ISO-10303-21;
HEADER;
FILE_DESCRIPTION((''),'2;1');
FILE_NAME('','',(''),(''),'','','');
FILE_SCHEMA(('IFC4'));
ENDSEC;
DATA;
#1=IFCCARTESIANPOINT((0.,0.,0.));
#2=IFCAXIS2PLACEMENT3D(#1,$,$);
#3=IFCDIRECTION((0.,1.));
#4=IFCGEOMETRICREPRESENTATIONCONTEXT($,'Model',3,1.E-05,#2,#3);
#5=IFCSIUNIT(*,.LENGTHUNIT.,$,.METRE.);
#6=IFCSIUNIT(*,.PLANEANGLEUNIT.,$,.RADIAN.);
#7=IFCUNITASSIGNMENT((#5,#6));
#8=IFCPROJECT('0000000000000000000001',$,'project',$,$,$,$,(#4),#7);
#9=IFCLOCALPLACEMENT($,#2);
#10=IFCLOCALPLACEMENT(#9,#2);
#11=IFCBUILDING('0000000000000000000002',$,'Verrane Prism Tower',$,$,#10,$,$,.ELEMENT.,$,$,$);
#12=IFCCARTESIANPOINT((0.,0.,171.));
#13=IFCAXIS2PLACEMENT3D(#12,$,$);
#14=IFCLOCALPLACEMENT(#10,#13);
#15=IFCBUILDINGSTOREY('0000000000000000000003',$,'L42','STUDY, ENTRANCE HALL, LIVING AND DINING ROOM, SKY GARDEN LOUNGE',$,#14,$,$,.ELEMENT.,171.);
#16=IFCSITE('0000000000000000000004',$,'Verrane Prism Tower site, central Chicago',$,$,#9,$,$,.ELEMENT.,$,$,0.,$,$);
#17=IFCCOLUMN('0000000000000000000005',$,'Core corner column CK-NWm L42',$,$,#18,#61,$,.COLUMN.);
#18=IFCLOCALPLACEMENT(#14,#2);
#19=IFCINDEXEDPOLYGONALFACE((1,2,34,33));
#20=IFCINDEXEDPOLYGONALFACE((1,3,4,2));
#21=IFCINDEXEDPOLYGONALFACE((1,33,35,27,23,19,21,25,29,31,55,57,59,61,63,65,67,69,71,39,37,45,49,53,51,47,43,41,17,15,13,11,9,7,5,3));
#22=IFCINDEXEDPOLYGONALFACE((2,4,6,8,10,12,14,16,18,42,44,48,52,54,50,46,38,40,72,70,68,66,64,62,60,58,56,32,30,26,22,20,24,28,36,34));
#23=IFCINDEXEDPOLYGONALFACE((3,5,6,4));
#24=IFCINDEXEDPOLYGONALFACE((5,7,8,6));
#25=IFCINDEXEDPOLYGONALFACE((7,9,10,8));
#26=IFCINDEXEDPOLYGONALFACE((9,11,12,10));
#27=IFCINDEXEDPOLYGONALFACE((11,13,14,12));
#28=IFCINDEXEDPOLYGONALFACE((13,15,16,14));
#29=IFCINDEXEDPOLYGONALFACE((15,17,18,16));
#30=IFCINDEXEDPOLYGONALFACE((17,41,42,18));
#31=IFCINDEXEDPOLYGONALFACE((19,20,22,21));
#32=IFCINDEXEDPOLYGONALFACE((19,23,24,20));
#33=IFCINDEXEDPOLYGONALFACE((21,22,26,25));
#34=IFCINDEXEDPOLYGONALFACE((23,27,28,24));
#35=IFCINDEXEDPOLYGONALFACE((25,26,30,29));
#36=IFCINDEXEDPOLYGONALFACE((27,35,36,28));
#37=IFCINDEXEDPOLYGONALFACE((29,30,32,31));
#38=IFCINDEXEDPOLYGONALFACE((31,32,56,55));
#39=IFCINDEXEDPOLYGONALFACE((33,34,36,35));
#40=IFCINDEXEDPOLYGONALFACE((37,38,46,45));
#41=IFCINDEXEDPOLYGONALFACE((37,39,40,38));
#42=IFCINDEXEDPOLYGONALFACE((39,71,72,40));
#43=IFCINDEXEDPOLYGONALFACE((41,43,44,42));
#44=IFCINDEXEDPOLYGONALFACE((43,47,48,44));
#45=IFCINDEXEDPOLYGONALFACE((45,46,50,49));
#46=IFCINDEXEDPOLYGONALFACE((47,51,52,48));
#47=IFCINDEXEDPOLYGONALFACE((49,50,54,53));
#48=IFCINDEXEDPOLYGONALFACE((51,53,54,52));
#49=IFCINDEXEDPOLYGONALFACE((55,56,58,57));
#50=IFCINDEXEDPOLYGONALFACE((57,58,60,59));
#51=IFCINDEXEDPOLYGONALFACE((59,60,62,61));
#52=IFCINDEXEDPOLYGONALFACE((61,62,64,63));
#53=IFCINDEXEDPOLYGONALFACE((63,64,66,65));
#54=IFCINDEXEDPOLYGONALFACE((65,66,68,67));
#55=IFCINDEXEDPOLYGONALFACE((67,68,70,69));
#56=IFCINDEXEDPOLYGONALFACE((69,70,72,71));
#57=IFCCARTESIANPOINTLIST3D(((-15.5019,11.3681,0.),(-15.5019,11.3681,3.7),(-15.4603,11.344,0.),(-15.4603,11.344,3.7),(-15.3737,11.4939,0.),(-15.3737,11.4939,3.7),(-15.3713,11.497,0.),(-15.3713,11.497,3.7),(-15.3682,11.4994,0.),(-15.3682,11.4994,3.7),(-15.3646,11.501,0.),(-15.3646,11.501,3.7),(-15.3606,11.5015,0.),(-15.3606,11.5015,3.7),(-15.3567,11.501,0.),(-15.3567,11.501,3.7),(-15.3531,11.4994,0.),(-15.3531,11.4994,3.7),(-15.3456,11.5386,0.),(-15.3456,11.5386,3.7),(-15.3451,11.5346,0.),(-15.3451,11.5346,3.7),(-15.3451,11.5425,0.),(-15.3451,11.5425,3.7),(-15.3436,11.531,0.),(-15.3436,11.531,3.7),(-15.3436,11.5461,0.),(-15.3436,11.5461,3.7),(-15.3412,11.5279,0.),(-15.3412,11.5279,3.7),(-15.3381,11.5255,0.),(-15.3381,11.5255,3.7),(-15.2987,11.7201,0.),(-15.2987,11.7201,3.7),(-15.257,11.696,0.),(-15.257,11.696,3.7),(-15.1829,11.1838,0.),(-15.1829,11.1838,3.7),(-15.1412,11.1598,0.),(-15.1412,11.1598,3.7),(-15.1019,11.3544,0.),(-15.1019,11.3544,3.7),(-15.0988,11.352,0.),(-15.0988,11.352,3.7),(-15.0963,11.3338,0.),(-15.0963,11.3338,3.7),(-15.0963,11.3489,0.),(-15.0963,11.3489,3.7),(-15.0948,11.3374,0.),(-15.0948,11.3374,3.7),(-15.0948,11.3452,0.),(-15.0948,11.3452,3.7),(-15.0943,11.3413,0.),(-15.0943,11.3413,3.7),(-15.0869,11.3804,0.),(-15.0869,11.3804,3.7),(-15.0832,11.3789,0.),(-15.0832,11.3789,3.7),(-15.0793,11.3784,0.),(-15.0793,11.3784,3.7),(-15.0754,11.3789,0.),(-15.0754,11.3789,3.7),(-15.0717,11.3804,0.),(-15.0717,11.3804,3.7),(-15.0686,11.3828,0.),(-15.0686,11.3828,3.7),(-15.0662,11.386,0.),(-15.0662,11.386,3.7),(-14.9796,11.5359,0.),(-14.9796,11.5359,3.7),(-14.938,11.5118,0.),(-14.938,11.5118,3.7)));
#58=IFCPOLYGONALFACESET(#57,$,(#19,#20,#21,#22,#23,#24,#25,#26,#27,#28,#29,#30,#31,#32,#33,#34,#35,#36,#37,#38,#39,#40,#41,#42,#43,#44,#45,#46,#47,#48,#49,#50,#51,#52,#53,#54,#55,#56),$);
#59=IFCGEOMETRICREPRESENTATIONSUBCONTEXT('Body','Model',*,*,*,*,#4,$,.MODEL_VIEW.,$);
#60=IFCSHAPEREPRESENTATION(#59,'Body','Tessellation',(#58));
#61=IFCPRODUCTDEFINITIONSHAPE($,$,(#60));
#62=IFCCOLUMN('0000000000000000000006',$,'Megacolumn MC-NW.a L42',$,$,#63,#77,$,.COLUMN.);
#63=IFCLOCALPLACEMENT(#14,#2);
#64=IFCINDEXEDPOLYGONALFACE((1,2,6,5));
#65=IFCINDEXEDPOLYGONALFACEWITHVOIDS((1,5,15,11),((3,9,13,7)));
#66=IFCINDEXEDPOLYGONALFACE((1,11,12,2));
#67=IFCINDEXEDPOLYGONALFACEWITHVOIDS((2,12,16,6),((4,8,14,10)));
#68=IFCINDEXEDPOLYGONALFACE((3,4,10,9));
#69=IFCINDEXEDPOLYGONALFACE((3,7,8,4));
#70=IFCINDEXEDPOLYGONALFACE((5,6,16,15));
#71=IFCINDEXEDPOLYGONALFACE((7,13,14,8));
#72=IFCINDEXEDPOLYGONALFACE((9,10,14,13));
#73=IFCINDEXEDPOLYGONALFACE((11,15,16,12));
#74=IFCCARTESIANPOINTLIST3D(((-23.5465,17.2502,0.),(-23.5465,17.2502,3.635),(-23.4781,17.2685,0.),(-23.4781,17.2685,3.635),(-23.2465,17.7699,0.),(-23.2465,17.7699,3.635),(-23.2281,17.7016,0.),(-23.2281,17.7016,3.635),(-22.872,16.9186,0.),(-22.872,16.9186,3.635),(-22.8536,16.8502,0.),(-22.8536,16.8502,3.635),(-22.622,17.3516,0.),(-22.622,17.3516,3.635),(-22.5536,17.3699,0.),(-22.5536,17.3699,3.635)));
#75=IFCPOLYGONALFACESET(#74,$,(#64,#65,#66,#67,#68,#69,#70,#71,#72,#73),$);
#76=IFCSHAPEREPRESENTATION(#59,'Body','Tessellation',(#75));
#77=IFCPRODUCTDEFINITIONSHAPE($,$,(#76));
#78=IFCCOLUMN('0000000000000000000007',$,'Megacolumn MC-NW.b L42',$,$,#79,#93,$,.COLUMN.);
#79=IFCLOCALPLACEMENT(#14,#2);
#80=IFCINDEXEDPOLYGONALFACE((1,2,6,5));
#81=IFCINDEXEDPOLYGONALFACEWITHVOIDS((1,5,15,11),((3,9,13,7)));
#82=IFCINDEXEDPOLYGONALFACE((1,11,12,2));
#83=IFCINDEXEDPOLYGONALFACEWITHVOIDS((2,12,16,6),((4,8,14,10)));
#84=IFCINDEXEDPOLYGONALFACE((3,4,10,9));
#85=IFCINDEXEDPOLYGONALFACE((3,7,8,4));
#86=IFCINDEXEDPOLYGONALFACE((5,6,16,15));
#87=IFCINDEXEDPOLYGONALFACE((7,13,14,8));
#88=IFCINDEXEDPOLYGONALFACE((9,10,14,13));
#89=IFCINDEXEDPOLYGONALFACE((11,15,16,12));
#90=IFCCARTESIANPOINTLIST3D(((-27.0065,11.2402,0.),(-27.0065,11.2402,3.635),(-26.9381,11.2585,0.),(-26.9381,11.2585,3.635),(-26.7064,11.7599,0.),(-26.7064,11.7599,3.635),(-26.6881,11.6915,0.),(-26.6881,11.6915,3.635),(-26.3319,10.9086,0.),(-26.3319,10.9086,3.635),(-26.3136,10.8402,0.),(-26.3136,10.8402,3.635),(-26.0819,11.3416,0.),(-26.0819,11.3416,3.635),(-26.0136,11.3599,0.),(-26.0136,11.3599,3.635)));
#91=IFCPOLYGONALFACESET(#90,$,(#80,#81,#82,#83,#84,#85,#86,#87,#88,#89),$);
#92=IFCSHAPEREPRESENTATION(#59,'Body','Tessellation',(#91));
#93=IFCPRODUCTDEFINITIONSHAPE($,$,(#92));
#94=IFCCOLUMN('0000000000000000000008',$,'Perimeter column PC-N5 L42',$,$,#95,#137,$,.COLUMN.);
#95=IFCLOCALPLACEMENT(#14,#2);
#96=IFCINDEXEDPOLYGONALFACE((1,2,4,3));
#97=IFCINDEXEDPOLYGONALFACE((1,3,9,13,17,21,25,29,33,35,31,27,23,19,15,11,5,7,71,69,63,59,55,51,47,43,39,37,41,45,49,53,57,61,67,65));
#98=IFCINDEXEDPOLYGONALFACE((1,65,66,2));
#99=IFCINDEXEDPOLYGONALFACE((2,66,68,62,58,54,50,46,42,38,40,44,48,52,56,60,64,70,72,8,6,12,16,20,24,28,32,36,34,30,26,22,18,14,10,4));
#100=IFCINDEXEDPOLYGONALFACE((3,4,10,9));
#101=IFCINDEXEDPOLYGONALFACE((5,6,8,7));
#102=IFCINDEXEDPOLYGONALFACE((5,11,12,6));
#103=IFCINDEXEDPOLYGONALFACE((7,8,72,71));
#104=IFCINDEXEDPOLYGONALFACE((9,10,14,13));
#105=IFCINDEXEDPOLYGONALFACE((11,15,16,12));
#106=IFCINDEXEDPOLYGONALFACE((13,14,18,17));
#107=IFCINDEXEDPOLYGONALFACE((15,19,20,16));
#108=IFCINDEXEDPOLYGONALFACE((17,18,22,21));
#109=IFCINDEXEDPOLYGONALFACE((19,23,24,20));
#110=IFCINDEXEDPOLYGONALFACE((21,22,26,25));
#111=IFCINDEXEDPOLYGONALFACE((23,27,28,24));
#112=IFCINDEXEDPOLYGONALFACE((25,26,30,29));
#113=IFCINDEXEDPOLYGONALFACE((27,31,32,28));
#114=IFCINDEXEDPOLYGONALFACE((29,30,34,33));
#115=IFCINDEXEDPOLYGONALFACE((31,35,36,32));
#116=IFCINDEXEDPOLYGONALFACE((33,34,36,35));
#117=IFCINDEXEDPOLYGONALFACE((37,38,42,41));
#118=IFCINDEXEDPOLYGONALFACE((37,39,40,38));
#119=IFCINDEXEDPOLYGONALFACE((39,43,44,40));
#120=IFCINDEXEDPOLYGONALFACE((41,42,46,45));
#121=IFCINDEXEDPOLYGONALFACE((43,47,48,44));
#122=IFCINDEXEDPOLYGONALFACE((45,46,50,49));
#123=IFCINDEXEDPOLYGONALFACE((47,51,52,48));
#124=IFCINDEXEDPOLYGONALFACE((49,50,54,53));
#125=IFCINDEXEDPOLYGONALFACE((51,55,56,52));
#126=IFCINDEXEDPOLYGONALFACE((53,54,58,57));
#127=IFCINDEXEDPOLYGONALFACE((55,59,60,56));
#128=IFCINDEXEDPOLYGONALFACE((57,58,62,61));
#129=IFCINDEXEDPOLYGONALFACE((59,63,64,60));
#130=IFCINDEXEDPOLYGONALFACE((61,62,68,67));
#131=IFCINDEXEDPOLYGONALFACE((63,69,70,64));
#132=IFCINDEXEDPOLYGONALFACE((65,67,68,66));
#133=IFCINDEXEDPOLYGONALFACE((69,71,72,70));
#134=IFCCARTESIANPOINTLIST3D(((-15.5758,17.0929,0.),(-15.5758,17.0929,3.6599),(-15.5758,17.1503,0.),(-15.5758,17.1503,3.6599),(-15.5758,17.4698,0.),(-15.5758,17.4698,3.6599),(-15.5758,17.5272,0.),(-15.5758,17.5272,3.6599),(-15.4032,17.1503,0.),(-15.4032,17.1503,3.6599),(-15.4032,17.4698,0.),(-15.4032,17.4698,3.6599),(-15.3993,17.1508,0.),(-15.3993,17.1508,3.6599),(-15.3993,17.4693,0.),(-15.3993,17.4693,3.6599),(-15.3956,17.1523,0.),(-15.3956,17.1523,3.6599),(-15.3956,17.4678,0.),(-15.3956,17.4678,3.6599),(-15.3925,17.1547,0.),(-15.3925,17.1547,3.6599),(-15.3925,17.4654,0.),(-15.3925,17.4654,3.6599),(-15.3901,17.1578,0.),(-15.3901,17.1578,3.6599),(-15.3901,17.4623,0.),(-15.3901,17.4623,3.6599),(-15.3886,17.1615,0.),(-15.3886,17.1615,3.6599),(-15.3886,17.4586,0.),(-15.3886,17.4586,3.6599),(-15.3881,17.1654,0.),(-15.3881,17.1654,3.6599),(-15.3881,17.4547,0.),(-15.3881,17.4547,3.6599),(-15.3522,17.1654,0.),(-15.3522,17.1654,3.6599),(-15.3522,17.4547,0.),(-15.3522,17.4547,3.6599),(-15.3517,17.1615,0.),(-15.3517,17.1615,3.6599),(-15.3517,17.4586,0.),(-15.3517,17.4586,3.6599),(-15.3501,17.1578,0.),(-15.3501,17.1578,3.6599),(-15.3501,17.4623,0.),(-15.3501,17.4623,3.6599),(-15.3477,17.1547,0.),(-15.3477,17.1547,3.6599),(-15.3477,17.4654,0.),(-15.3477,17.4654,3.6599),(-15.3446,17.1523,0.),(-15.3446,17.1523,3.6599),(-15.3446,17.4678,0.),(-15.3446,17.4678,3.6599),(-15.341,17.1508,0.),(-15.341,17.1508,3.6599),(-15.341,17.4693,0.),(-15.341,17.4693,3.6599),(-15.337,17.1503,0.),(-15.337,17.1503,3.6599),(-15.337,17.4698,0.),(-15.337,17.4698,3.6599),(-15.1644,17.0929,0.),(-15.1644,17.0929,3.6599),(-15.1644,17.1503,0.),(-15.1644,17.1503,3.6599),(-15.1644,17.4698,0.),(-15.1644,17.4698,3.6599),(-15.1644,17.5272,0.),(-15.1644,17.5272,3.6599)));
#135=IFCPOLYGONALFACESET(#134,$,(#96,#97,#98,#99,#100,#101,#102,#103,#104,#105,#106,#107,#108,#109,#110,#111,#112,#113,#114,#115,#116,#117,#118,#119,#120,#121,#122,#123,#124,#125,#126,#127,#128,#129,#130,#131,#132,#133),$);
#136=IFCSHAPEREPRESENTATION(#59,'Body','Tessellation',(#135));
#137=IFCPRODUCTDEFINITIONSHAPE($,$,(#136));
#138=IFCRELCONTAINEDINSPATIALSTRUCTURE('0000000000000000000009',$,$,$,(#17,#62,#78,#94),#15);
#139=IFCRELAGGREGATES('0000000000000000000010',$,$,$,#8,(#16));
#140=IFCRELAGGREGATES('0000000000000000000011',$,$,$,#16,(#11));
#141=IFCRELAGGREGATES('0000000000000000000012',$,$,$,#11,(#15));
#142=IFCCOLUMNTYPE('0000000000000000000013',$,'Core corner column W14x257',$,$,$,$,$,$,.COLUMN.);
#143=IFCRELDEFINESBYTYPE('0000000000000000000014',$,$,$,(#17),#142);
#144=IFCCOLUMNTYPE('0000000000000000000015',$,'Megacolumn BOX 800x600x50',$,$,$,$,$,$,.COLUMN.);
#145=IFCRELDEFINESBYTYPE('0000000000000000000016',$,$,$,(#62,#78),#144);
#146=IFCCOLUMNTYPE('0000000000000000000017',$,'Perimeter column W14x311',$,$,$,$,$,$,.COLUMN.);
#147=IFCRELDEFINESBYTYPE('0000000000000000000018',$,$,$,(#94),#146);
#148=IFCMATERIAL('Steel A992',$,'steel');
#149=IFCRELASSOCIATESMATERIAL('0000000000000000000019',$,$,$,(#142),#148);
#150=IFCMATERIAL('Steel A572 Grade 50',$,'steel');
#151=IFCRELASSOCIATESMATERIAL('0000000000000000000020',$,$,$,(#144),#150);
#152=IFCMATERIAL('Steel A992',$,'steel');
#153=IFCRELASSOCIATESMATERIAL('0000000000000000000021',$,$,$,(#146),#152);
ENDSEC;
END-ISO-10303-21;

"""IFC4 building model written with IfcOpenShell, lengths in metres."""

from ifc_helpers import new_model, si_unit, direction, frame, origin, origin_2d, place, context, subcontext, project, spatial, hollow_rectangle, i_section, extrude, material, material_profile, profile_set, type_object, element, save


model = new_model("IFC4")

# Units and contexts
model_context = context("Model", 3, precision=1e-05, world=origin(), true_north=direction((0.0, 1.0)))
body_context = subcontext(model_context, "Body", "Model", "MODEL_VIEW")
ifc_project = project(units=[si_unit("LENGTHUNIT", "METRE"), si_unit("PLANEANGLEUNIT", "RADIAN")], contexts=[model_context])

# Site, building, storey
site_placement = place(None, origin())
site = spatial("IfcSite", under=ifc_project, at=site_placement, Name="Verrane Prism Tower site, central Chicago", CompositionType="ELEMENT", RefElevation=0.0)
building_placement = place(site_placement, origin())
building = spatial("IfcBuilding", under=site, at=building_placement, Name="Verrane Prism Tower", CompositionType="ELEMENT")
storey_placement = place(building_placement, frame((0.0, 0.0, 171.0)))
storey = spatial("IfcBuildingStorey", under=building, at=storey_placement, Name="L42", Description="STUDY, ENTRANCE HALL, LIVING AND DINING ROOM, SKY GARDEN LOUNGE", CompositionType="ELEMENT", Elevation=171.0)

# Columns
ifc_material_1 = material(Name="Steel A992", Category="steel")
ifc_material_profile_1 = material_profile(ifc_material_1, i_section(OverallWidth=0.4065, OverallDepth=0.4165, WebThickness=0.03, FlangeThickness=0.0481, FilletRadius=0.0151, at=origin_2d()), Name="W14x257")
ifc_profile_set_1 = profile_set([ifc_material_profile_1], Name="Steel A992")
column_type_1 = type_object("IfcColumnType", Name="Core corner column W14x257", PredefinedType="COLUMN", material=ifc_profile_set_1)
column_1_placement = place(storey_placement, frame((-15.22, 11.4399, 0.0), z_axis=(0.0, 0.0, 1.0), x_axis=(0.5, 0.866025, 0.0)))
element("IfcColumn", 1, at=column_1_placement, inside=storey, type_object=column_type_1, Name="Core corner column CK-NWm L42", PredefinedType="COLUMN", context=body_context, shape_type="SweptSolid", body=[
    extrude(i_section(OverallWidth=0.4065, OverallDepth=0.4165, WebThickness=0.03, FlangeThickness=0.0481, FilletRadius=0.0151, at=origin_2d()), origin(), (0.0, 0.0, 1.0), 3.7),
])
ifc_material_2 = material(Name="Steel A572 Grade 50", Category="steel")
ifc_material_profile_2 = material_profile(ifc_material_2, hollow_rectangle(XDim=0.6001, YDim=0.8, WallThickness=0.05, at=origin_2d()), Name="BOX 800x600x50")
ifc_profile_set_2 = profile_set([ifc_material_profile_2], Name="Steel A572 Grade 50")
column_type_2 = type_object("IfcColumnType", Name="Megacolumn BOX 800x600x50", PredefinedType="COLUMN", material=ifc_profile_set_2)
for number, where, z_axis, x_axis, name in (
    (2, (-23.05, 17.3101, 0.0), (0.0, 0.0, 1.0), (0.5, 0.866025, 0.0), "Megacolumn MC-NW.a L42"),
    (3, (-26.51, 11.3, 0.0), (0.0, 0.0, 1.0), (0.5, 0.866025, 0.0), "Megacolumn MC-NW.b L42"),
):
    element("IfcColumn", number, at=place(storey_placement, frame(where, z_axis=z_axis, x_axis=x_axis)), inside=storey, type_object=column_type_2, Name=name, PredefinedType="COLUMN", context=body_context, shape_type="SweptSolid", body=[
        extrude(hollow_rectangle(XDim=0.6001, YDim=0.8, WallThickness=0.05, at=origin_2d()), origin(), (0.0, 0.0, 1.0), 3.635),
    ])
ifc_material_3 = material(Name="Steel A992", Category="steel")
ifc_material_profile_3 = material_profile(ifc_material_3, i_section(OverallWidth=0.4114, OverallDepth=0.4343, WebThickness=0.0359, FlangeThickness=0.0574, FilletRadius=0.0151, at=origin_2d()), Name="W14x311")
ifc_profile_set_3 = profile_set([ifc_material_profile_3], Name="Steel A992")
column_type_3 = type_object("IfcColumnType", Name="Perimeter column W14x311", PredefinedType="COLUMN", material=ifc_profile_set_3)
column_2_placement = place(storey_placement, frame((-15.3701, 17.3101, 0.0), z_axis=(0.0, 0.0, 1.0), x_axis=(1.0, 0.0, 0.0)))
element("IfcColumn", 4, at=column_2_placement, inside=storey, type_object=column_type_3, Name="Perimeter column PC-N5 L42", PredefinedType="COLUMN", context=body_context, shape_type="SweptSolid", body=[
    extrude(i_section(OverallWidth=0.4114, OverallDepth=0.4343, WebThickness=0.0359, FlangeThickness=0.0574, FilletRadius=0.0151, at=origin_2d()), origin(), (0.0, 0.0, 1.0), 3.6599),
])

save(model, "model.ifc")
